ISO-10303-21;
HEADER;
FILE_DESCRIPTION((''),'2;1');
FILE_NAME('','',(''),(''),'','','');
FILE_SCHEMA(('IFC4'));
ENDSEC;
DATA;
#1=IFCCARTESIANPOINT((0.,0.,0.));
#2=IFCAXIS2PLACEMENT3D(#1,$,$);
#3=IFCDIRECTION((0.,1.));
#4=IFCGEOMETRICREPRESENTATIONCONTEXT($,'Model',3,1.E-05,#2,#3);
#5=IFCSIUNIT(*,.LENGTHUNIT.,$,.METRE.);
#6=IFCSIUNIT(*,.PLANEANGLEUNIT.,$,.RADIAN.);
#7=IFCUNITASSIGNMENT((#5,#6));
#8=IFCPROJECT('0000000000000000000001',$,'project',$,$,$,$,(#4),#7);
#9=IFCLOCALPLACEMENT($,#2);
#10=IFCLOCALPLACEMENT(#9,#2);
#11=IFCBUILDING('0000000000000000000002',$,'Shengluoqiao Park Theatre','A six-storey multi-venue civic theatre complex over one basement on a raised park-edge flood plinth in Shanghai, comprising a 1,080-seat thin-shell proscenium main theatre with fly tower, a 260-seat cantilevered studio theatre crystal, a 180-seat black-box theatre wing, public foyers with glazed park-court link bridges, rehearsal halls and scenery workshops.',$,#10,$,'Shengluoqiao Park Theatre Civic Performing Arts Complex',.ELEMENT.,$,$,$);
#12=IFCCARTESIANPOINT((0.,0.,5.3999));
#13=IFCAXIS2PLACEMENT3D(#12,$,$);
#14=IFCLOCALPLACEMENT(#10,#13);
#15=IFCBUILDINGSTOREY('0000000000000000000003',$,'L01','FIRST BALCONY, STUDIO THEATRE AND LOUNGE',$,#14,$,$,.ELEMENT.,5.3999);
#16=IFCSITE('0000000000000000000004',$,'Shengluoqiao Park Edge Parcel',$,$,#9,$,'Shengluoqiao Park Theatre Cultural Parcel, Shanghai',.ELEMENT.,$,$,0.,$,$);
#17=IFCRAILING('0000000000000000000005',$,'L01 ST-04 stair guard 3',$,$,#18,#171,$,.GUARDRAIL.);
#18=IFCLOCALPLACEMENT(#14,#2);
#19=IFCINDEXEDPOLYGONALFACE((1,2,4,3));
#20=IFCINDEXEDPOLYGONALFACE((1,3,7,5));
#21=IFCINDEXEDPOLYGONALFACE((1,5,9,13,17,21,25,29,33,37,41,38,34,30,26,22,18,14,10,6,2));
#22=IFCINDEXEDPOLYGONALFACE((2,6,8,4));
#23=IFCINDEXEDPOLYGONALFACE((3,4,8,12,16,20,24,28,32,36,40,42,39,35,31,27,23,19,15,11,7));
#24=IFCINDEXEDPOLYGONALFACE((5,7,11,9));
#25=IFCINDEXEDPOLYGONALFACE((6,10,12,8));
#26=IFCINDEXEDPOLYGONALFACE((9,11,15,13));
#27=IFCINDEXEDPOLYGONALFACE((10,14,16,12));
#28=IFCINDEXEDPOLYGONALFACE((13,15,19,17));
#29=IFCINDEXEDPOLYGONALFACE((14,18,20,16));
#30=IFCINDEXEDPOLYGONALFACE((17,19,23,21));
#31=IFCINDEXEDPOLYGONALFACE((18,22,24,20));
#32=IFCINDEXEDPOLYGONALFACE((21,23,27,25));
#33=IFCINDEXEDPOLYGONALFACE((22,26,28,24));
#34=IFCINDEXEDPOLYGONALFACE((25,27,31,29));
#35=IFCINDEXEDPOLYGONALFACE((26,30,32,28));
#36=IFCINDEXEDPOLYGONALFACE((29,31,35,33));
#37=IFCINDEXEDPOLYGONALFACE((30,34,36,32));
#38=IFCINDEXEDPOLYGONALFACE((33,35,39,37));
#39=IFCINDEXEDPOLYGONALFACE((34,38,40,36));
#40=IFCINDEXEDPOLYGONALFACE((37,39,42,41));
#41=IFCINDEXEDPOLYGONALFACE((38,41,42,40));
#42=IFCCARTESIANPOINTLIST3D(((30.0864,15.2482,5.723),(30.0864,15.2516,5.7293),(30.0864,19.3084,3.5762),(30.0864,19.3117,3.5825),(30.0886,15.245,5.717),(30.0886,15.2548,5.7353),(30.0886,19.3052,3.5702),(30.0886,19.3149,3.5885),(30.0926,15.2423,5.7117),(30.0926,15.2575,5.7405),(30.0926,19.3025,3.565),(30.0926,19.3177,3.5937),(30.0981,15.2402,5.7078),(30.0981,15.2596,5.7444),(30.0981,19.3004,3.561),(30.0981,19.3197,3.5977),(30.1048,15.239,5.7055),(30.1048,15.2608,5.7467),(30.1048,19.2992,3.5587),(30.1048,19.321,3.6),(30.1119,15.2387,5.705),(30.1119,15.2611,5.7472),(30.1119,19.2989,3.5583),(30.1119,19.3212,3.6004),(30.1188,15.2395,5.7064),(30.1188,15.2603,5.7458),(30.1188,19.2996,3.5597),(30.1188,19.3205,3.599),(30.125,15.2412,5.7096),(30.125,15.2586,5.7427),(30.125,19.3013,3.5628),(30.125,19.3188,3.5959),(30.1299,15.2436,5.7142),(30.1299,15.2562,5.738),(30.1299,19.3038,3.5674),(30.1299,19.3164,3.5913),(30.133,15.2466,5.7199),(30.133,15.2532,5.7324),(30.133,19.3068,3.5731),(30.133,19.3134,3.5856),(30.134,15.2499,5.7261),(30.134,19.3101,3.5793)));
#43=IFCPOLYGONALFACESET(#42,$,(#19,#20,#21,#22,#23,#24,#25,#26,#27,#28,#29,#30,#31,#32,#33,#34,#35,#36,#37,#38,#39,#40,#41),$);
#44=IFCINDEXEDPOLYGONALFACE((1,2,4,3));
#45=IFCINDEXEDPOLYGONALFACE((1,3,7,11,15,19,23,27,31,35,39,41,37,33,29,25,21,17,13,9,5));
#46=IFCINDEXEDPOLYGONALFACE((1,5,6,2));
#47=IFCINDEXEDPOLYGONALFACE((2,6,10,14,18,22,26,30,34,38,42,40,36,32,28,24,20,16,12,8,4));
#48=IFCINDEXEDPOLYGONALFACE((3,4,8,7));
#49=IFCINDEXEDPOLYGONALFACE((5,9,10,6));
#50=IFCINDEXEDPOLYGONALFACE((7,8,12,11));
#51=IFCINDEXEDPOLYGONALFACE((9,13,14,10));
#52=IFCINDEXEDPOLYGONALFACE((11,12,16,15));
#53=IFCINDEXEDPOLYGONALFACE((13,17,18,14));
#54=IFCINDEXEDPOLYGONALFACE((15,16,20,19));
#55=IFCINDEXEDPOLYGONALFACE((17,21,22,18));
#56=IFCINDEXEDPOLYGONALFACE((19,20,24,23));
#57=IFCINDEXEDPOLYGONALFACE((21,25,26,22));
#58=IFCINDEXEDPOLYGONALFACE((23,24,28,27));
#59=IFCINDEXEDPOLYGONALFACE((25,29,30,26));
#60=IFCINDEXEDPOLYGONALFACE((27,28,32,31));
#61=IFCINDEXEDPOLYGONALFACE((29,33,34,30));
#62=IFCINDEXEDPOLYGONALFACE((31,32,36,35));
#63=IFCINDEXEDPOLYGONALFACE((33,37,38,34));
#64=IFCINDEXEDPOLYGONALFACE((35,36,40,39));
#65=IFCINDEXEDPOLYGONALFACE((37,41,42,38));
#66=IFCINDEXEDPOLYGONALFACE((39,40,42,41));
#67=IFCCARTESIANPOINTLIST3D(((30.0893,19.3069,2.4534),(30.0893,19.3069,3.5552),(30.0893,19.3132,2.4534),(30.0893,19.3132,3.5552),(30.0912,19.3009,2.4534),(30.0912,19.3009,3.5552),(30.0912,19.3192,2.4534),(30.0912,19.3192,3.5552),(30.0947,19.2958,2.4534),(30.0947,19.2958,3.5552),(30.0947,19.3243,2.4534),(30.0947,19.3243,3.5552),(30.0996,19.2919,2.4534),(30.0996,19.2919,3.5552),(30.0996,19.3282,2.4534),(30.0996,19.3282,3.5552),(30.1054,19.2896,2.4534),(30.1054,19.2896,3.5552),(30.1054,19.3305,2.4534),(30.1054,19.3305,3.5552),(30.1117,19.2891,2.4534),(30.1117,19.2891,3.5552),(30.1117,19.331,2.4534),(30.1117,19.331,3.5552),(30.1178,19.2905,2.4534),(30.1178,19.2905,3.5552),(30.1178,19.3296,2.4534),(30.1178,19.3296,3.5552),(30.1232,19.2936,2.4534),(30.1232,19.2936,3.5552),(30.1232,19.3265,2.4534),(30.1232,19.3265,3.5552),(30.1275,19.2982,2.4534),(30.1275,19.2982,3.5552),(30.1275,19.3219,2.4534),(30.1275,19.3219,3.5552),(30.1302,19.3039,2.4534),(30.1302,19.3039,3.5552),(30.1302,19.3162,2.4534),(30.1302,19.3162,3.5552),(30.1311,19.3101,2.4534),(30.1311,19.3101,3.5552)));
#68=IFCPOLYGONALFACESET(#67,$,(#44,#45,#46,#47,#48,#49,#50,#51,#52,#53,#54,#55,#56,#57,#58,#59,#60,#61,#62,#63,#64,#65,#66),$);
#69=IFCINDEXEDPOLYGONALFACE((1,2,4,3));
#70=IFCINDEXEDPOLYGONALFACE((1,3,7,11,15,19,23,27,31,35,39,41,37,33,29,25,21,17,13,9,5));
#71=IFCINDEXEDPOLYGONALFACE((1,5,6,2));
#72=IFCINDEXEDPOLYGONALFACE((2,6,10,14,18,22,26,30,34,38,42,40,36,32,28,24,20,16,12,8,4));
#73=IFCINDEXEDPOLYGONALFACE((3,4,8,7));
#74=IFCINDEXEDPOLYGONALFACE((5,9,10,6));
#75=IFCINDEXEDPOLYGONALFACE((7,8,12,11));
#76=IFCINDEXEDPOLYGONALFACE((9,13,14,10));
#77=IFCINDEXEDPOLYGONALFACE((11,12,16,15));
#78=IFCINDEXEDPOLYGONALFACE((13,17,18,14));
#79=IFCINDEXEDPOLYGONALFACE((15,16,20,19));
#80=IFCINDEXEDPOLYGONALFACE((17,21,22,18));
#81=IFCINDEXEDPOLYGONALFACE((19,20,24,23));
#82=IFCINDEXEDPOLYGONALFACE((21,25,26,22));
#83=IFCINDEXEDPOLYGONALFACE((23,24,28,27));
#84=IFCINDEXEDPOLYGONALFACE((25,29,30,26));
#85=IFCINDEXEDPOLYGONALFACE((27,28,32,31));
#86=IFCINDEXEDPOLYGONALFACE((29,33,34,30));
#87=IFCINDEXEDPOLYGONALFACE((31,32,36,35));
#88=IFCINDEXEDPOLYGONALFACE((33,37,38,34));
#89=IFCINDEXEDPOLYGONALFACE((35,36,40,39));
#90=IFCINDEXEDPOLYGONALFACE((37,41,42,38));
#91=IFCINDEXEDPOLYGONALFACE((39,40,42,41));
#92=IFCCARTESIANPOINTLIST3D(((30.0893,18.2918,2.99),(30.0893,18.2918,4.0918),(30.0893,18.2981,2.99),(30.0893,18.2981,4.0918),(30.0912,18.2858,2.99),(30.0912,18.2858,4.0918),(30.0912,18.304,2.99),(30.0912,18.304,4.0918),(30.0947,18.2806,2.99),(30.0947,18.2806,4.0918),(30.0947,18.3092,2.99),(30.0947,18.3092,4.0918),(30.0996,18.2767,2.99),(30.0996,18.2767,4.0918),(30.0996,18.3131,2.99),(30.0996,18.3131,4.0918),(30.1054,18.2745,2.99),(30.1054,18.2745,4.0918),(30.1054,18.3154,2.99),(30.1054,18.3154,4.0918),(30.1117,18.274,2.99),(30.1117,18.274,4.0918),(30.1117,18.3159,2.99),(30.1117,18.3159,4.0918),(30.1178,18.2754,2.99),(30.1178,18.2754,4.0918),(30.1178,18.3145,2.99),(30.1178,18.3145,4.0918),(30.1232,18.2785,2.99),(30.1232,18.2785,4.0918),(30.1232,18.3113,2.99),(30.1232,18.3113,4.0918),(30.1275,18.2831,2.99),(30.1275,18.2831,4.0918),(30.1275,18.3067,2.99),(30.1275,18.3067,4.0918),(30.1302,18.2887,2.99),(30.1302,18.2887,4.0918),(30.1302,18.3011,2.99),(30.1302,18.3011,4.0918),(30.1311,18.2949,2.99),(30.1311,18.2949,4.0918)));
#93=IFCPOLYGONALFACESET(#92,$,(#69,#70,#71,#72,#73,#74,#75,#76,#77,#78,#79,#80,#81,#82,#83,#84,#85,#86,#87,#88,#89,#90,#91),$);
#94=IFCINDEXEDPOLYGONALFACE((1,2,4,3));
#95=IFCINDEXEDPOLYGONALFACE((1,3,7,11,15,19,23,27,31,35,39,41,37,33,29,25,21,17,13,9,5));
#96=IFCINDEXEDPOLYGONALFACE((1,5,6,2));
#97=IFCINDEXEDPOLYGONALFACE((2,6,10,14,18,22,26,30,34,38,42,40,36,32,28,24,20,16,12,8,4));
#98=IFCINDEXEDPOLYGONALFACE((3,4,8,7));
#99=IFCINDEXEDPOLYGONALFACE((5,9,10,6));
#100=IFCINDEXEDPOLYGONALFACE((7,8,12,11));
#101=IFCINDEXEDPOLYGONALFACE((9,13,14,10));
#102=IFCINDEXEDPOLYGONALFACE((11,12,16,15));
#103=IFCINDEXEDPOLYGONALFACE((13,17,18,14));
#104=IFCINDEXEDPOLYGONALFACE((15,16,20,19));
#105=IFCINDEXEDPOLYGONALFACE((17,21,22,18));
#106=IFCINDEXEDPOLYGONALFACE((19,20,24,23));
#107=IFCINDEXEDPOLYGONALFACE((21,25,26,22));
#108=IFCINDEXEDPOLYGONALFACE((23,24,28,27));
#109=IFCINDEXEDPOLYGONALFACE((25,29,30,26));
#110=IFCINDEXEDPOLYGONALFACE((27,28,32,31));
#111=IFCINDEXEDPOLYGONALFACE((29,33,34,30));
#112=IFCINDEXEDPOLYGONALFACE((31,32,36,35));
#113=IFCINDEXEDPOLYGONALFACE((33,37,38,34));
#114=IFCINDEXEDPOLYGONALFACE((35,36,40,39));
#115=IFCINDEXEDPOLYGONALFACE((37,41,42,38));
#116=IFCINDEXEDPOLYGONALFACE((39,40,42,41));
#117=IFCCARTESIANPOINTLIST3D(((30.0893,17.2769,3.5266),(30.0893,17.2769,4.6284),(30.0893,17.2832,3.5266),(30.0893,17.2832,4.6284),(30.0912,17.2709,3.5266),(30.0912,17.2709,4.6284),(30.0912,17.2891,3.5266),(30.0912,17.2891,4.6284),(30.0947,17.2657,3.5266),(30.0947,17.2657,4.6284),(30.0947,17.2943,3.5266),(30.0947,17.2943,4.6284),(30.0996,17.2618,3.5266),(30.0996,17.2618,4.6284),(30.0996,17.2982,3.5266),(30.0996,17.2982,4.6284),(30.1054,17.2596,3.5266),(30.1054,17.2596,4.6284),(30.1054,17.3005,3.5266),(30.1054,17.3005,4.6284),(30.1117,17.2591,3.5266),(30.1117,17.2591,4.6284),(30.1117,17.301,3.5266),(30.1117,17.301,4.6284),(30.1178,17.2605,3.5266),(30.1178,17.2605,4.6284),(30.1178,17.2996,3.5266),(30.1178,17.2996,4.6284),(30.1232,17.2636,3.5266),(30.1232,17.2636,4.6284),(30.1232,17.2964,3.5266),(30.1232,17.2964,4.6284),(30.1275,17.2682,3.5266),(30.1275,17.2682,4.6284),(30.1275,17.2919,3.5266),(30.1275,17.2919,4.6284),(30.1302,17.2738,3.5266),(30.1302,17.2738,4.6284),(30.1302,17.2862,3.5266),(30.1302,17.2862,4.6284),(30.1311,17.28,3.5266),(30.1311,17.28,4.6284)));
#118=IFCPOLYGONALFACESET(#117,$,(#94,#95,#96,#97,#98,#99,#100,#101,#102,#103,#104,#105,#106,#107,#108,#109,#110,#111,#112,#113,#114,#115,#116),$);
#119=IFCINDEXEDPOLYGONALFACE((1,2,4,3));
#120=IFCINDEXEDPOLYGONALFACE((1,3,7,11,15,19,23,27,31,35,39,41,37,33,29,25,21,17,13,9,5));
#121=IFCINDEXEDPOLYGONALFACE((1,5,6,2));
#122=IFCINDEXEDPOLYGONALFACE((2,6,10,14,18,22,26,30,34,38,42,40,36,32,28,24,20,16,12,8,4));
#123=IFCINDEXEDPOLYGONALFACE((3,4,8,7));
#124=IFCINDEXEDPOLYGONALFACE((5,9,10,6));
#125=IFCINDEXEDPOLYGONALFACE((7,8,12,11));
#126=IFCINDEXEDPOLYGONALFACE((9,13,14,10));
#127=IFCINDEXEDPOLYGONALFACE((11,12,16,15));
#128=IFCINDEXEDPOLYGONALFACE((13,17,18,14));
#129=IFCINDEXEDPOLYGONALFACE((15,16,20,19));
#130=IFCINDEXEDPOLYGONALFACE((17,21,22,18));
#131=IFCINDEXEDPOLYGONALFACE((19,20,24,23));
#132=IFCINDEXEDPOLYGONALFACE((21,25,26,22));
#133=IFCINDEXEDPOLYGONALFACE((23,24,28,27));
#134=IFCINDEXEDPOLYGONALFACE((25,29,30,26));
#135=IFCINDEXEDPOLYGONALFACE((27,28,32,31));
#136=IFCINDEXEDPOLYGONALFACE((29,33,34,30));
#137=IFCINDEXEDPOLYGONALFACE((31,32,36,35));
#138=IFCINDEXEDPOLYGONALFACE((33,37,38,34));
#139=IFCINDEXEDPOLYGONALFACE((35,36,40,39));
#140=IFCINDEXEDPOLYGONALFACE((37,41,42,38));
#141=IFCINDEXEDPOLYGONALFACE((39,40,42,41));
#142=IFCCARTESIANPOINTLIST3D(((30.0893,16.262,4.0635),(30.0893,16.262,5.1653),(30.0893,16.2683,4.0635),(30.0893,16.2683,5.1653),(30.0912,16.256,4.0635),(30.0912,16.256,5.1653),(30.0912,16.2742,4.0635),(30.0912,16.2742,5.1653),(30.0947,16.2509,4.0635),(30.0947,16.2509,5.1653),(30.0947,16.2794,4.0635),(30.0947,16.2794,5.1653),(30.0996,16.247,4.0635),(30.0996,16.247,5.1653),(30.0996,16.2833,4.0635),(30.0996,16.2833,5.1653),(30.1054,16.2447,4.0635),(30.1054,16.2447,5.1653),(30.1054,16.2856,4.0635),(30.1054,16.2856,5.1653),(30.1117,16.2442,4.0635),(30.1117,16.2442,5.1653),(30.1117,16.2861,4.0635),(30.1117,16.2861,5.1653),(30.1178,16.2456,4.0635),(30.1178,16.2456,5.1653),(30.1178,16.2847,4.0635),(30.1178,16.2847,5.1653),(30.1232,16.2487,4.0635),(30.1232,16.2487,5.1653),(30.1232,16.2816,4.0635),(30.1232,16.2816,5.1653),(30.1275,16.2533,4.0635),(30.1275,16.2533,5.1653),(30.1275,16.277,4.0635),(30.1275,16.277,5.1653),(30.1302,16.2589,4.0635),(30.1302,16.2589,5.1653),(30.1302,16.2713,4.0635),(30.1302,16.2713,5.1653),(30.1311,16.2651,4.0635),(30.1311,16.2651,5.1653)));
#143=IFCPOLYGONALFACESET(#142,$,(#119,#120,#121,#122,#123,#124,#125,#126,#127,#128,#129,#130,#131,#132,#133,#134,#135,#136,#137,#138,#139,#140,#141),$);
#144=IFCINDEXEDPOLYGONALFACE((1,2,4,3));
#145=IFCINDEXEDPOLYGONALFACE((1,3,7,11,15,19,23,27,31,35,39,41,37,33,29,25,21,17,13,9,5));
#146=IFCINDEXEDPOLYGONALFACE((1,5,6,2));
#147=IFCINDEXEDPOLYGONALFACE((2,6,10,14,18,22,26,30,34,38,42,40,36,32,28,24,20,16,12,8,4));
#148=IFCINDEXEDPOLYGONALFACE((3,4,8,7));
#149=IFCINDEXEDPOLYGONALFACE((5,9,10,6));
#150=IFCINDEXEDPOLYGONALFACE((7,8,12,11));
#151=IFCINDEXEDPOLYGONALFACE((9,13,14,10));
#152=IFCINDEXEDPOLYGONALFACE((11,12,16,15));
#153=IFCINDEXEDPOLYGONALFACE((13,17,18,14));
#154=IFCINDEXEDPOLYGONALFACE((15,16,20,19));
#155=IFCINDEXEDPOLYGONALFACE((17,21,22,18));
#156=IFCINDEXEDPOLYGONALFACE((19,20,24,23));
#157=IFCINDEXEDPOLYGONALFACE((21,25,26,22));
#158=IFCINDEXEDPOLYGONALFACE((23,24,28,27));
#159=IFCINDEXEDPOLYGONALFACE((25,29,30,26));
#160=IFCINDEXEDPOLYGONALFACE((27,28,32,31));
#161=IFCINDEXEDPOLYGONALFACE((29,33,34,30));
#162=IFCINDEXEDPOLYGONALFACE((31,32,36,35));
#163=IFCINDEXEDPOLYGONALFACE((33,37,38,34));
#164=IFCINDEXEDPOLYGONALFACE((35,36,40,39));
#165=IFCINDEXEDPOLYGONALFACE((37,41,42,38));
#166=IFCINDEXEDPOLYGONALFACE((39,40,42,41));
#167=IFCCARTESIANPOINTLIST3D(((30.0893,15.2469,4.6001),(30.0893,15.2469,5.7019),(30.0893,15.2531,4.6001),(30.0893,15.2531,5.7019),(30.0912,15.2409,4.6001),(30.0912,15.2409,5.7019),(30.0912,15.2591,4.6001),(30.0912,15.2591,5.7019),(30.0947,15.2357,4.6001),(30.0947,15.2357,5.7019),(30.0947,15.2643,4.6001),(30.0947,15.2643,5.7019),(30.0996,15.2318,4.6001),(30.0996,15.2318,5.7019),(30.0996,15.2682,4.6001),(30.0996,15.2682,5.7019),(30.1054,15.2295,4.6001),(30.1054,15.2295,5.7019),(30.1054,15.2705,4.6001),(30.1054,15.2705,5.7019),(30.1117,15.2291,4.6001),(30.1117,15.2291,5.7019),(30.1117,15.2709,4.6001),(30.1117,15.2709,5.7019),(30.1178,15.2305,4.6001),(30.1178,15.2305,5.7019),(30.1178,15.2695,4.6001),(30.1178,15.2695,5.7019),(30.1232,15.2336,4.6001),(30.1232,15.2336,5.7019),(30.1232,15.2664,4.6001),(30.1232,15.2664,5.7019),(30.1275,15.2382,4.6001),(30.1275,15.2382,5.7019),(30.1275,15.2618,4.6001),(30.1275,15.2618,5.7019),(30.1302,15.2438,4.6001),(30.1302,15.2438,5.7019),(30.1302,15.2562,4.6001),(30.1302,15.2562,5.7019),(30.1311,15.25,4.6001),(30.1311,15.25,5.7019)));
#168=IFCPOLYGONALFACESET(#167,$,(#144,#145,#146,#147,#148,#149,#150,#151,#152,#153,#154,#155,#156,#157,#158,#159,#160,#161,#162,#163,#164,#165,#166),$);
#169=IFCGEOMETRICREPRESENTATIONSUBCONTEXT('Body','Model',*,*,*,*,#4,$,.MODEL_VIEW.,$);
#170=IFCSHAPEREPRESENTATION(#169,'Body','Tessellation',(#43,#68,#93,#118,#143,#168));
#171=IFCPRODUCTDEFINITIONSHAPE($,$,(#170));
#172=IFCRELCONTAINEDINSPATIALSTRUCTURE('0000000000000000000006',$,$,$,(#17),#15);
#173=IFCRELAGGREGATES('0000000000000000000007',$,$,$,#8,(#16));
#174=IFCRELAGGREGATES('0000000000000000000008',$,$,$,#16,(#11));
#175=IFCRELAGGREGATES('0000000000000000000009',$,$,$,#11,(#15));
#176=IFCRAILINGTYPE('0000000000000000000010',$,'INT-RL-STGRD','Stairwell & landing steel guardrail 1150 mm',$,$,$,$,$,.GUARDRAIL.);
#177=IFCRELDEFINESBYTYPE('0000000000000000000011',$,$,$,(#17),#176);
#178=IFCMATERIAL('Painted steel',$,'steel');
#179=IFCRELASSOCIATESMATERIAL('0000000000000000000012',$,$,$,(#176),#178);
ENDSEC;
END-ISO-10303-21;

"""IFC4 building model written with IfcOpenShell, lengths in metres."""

from ifc_helpers import new_model, si_unit, direction, frame, origin, origin_2d, place, context, subcontext, project, spatial, circle, extrude, material, type_object, element, save


model = new_model("IFC4")

# Units and contexts
model_context = context("Model", 3, precision=1e-05, world=origin(), true_north=direction((0.0, 1.0)))
body_context = subcontext(model_context, "Body", "Model", "MODEL_VIEW")
ifc_project = project(units=[si_unit("LENGTHUNIT", "METRE"), si_unit("PLANEANGLEUNIT", "RADIAN")], contexts=[model_context])

# Site, building, storey
site_placement = place(None, origin())
site = spatial("IfcSite", under=ifc_project, at=site_placement, Name="Shengluoqiao Park Edge Parcel", LongName="Shengluoqiao Park Theatre Cultural Parcel, Shanghai", CompositionType="ELEMENT", RefElevation=0.0)
building_placement = place(site_placement, origin())
building = spatial("IfcBuilding", under=site, at=building_placement, Name="Shengluoqiao Park Theatre", Description="A six-storey multi-venue civic theatre complex over one basement on a raised park-edge flood plinth in Shanghai, comprising a 1,080-seat thin-shell proscenium main theatre with fly tower, a 260-seat cantilevered studio theatre crystal, a 180-seat black-box theatre wing, public foyers with glazed park-court link bridges, rehearsal halls and scenery workshops.", LongName="Shengluoqiao Park Theatre Civic Performing Arts Complex", CompositionType="ELEMENT")
storey_placement = place(building_placement, frame((0.0, 0.0, 5.3999)))
storey = spatial("IfcBuildingStorey", under=building, at=storey_placement, Name="L01", Description="FIRST BALCONY, STUDIO THEATRE AND LOUNGE", CompositionType="ELEMENT", Elevation=5.3999)

# Railing
ifc_material_1 = material(Name="Painted steel", Category="steel")
railing_type_1 = type_object("IfcRailingType", Name="INT-RL-STGRD", Description="Stairwell & landing steel guardrail 1150 mm", PredefinedType="GUARDRAIL", material=ifc_material_1)
railing_1_placement = place(storey_placement, frame((30.1101, 19.3101, 2.4534)))
element("IfcRailing", 1, at=railing_1_placement, inside=storey, type_object=railing_type_1, Name="L01 ST-04 stair guard 3", PredefinedType="GUARDRAIL", context=body_context, shape_type="SweptSolid", body=[
    extrude(circle(Radius=0.0239, at=origin_2d()), frame((0.0, 0.0, 1.126), z_axis=(0.0, -0.884032, 0.467426), x_axis=(1.0, 0.0, 0.0)), (0.0, 0.0, 1.0), 4.5928),
    extrude(circle(Radius=0.021, at=origin_2d()), origin(), (0.0, 0.0, 1.0), 1.1018),
    extrude(circle(Radius=0.021, at=origin_2d()), frame((0.0, -1.0151, 0.5366)), (0.0, 0.0, 1.0), 1.1018),
    extrude(circle(Radius=0.021, at=origin_2d()), frame((0.0, -2.03, 1.0732)), (0.0, 0.0, 1.0), 1.1018),
    extrude(circle(Radius=0.021, at=origin_2d()), frame((0.0, -3.0449, 1.6101)), (0.0, 0.0, 1.0), 1.1018),
    extrude(circle(Radius=0.021, at=origin_2d()), frame((0.0, -4.0601, 2.1467)), (0.0, 0.0, 1.0), 1.1018),
])

save(model, "model.ifc")
